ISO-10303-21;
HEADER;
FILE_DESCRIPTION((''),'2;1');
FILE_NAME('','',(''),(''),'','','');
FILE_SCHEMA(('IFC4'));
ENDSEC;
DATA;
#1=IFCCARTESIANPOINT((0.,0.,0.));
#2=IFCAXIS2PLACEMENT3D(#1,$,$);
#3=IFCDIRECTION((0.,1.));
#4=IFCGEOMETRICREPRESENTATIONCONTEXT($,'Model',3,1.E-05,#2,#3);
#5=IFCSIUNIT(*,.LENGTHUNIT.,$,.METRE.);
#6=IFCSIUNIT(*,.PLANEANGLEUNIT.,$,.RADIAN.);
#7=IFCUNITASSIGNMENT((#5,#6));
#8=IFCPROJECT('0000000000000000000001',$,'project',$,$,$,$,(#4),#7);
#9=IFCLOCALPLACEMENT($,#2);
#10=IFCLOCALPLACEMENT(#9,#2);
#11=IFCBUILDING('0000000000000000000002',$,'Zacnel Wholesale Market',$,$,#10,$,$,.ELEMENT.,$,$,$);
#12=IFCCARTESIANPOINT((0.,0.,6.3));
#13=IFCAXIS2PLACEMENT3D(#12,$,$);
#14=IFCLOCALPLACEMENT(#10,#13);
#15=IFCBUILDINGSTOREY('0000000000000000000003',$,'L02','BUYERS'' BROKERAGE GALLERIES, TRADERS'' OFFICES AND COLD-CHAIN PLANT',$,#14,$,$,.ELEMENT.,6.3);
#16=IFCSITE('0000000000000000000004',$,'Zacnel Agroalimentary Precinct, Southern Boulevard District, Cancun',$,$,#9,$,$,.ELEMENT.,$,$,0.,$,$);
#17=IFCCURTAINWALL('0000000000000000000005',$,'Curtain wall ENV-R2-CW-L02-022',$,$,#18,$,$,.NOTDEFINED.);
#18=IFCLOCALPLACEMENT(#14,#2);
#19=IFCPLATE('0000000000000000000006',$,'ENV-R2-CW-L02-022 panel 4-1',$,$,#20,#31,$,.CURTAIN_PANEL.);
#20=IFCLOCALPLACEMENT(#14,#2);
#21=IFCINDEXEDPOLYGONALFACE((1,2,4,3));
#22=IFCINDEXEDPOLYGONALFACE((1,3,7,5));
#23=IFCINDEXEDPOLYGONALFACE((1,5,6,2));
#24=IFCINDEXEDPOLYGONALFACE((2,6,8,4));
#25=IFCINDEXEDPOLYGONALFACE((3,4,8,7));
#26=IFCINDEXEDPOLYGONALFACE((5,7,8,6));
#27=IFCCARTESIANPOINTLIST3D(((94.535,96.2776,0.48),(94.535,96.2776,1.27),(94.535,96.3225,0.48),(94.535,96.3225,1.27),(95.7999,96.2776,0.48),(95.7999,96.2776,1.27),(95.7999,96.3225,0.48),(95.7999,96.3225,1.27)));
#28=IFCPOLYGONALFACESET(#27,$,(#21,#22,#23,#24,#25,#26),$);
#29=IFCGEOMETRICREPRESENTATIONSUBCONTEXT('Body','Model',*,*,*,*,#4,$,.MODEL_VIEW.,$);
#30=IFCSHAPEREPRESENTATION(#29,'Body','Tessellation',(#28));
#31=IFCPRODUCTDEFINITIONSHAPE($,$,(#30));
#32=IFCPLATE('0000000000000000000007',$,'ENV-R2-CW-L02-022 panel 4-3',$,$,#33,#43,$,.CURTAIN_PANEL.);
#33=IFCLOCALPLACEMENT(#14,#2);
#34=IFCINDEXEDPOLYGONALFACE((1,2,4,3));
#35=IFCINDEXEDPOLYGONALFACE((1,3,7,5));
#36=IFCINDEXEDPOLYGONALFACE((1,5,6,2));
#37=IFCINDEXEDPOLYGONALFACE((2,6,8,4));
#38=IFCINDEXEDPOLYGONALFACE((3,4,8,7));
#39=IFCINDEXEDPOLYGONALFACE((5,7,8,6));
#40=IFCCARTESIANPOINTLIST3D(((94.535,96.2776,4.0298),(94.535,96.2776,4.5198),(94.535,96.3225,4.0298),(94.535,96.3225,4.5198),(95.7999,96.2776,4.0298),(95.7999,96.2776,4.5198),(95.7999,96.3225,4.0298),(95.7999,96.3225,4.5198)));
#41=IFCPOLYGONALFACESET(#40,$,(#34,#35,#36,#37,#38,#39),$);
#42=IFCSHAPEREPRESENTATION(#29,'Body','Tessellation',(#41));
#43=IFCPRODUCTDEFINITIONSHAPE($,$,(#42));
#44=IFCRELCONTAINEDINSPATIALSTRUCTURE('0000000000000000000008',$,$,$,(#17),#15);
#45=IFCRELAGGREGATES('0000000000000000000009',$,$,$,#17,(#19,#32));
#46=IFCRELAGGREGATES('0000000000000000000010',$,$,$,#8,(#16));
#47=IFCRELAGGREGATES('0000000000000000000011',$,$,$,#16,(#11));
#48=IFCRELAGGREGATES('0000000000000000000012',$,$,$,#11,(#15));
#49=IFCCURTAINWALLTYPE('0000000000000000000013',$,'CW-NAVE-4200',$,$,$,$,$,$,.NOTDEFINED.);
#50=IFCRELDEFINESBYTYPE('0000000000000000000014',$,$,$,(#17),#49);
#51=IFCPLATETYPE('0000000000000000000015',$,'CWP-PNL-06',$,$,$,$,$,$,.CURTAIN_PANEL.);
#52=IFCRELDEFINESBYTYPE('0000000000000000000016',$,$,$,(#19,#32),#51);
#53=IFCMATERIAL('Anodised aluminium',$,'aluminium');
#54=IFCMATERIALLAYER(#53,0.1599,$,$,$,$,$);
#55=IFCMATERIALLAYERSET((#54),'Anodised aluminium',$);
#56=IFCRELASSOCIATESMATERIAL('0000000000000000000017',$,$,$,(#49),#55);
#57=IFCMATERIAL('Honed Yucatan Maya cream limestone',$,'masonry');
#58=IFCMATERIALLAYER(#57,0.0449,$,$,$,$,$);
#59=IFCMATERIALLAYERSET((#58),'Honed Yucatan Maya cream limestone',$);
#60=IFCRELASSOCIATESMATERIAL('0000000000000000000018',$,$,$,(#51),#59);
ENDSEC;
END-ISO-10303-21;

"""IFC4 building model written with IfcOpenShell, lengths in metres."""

from ifc_helpers import new_model, si_unit, direction, frame, origin, origin_2d, place, context, subcontext, project, spatial, rectangle, extrude, material, layer, layer_set, type_object, element, aggregate, save


model = new_model("IFC4")

# Units and contexts
model_context = context("Model", 3, precision=1e-05, world=origin(), true_north=direction((0.0, 1.0)))
body_context = subcontext(model_context, "Body", "Model", "MODEL_VIEW")
ifc_project = project(units=[si_unit("LENGTHUNIT", "METRE"), si_unit("PLANEANGLEUNIT", "RADIAN")], contexts=[model_context])

# Site, building, storey
site_placement = place(None, origin())
site = spatial("IfcSite", under=ifc_project, at=site_placement, Name="Zacnel Agroalimentary Precinct, Southern Boulevard District, Cancun", CompositionType="ELEMENT", RefElevation=0.0)
building_placement = place(site_placement, origin())
building = spatial("IfcBuilding", under=site, at=building_placement, Name="Zacnel Wholesale Market", CompositionType="ELEMENT")
storey_placement = place(building_placement, frame((0.0, 0.0, 6.3)))
storey = spatial("IfcBuildingStorey", under=building, at=storey_placement, Name="L02", Description="BUYERS' BROKERAGE GALLERIES, TRADERS' OFFICES AND COLD-CHAIN PLANT", CompositionType="ELEMENT", Elevation=6.3)

# Curtain wall, plates
ifc_material_1 = material(Name="Anodised aluminium", Category="aluminium")
ifc_layer_1 = layer(ifc_material_1, 0.1599)
ifc_layer_set_1 = layer_set([ifc_layer_1], Name="Anodised aluminium")
curtain_wall_type = type_object("IfcCurtainWallType", Name="CW-NAVE-4200", PredefinedType="NOTDEFINED", material=ifc_layer_set_1)
curtain_wall_placement = place(storey_placement, origin())
curtain_wall = element("IfcCurtainWall", 1, at=curtain_wall_placement, inside=storey, type_object=curtain_wall_type, Name="Curtain wall ENV-R2-CW-L02-022", PredefinedType="NOTDEFINED")
ifc_material_2 = material(Name="Honed Yucatan Maya cream limestone", Category="masonry")
ifc_layer_2 = layer(ifc_material_2, 0.0449)
ifc_layer_set_2 = layer_set([ifc_layer_2], Name="Honed Yucatan Maya cream limestone")
plate_type_1 = type_object("IfcPlateType", Name="CWP-PNL-06", PredefinedType="CURTAIN_PANEL", material=ifc_layer_set_2)
plate_1_placement = place(storey_placement, frame((95.1675, 96.3, 0.48), z_axis=(0.0, 0.0, 1.0), x_axis=(1.0, 0.0, 0.0)))
plate_1 = element("IfcPlate", 2, at=plate_1_placement, type_object=plate_type_1, Name="ENV-R2-CW-L02-022 panel 4-1", PredefinedType="CURTAIN_PANEL", context=body_context, shape_type="SweptSolid", body=[
    extrude(rectangle(XDim=1.2649, YDim=0.0449, at=origin_2d()), origin(), (0.0, 0.0, 1.0), 0.79),
])
plate_2_placement = place(storey_placement, frame((95.1675, 96.3, 4.0298), z_axis=(0.0, 0.0, 1.0), x_axis=(1.0, 0.0, 0.0)))
plate_2 = element("IfcPlate", 3, at=plate_2_placement, type_object=plate_type_1, Name="ENV-R2-CW-L02-022 panel 4-3", PredefinedType="CURTAIN_PANEL", context=body_context, shape_type="SweptSolid", body=[
    extrude(rectangle(XDim=1.2649, YDim=0.0449, at=origin_2d()), origin(), (0.0, 0.0, 1.0), 0.49),
])
aggregate(curtain_wall, [plate_1, plate_2])

save(model, "model.ifc")
